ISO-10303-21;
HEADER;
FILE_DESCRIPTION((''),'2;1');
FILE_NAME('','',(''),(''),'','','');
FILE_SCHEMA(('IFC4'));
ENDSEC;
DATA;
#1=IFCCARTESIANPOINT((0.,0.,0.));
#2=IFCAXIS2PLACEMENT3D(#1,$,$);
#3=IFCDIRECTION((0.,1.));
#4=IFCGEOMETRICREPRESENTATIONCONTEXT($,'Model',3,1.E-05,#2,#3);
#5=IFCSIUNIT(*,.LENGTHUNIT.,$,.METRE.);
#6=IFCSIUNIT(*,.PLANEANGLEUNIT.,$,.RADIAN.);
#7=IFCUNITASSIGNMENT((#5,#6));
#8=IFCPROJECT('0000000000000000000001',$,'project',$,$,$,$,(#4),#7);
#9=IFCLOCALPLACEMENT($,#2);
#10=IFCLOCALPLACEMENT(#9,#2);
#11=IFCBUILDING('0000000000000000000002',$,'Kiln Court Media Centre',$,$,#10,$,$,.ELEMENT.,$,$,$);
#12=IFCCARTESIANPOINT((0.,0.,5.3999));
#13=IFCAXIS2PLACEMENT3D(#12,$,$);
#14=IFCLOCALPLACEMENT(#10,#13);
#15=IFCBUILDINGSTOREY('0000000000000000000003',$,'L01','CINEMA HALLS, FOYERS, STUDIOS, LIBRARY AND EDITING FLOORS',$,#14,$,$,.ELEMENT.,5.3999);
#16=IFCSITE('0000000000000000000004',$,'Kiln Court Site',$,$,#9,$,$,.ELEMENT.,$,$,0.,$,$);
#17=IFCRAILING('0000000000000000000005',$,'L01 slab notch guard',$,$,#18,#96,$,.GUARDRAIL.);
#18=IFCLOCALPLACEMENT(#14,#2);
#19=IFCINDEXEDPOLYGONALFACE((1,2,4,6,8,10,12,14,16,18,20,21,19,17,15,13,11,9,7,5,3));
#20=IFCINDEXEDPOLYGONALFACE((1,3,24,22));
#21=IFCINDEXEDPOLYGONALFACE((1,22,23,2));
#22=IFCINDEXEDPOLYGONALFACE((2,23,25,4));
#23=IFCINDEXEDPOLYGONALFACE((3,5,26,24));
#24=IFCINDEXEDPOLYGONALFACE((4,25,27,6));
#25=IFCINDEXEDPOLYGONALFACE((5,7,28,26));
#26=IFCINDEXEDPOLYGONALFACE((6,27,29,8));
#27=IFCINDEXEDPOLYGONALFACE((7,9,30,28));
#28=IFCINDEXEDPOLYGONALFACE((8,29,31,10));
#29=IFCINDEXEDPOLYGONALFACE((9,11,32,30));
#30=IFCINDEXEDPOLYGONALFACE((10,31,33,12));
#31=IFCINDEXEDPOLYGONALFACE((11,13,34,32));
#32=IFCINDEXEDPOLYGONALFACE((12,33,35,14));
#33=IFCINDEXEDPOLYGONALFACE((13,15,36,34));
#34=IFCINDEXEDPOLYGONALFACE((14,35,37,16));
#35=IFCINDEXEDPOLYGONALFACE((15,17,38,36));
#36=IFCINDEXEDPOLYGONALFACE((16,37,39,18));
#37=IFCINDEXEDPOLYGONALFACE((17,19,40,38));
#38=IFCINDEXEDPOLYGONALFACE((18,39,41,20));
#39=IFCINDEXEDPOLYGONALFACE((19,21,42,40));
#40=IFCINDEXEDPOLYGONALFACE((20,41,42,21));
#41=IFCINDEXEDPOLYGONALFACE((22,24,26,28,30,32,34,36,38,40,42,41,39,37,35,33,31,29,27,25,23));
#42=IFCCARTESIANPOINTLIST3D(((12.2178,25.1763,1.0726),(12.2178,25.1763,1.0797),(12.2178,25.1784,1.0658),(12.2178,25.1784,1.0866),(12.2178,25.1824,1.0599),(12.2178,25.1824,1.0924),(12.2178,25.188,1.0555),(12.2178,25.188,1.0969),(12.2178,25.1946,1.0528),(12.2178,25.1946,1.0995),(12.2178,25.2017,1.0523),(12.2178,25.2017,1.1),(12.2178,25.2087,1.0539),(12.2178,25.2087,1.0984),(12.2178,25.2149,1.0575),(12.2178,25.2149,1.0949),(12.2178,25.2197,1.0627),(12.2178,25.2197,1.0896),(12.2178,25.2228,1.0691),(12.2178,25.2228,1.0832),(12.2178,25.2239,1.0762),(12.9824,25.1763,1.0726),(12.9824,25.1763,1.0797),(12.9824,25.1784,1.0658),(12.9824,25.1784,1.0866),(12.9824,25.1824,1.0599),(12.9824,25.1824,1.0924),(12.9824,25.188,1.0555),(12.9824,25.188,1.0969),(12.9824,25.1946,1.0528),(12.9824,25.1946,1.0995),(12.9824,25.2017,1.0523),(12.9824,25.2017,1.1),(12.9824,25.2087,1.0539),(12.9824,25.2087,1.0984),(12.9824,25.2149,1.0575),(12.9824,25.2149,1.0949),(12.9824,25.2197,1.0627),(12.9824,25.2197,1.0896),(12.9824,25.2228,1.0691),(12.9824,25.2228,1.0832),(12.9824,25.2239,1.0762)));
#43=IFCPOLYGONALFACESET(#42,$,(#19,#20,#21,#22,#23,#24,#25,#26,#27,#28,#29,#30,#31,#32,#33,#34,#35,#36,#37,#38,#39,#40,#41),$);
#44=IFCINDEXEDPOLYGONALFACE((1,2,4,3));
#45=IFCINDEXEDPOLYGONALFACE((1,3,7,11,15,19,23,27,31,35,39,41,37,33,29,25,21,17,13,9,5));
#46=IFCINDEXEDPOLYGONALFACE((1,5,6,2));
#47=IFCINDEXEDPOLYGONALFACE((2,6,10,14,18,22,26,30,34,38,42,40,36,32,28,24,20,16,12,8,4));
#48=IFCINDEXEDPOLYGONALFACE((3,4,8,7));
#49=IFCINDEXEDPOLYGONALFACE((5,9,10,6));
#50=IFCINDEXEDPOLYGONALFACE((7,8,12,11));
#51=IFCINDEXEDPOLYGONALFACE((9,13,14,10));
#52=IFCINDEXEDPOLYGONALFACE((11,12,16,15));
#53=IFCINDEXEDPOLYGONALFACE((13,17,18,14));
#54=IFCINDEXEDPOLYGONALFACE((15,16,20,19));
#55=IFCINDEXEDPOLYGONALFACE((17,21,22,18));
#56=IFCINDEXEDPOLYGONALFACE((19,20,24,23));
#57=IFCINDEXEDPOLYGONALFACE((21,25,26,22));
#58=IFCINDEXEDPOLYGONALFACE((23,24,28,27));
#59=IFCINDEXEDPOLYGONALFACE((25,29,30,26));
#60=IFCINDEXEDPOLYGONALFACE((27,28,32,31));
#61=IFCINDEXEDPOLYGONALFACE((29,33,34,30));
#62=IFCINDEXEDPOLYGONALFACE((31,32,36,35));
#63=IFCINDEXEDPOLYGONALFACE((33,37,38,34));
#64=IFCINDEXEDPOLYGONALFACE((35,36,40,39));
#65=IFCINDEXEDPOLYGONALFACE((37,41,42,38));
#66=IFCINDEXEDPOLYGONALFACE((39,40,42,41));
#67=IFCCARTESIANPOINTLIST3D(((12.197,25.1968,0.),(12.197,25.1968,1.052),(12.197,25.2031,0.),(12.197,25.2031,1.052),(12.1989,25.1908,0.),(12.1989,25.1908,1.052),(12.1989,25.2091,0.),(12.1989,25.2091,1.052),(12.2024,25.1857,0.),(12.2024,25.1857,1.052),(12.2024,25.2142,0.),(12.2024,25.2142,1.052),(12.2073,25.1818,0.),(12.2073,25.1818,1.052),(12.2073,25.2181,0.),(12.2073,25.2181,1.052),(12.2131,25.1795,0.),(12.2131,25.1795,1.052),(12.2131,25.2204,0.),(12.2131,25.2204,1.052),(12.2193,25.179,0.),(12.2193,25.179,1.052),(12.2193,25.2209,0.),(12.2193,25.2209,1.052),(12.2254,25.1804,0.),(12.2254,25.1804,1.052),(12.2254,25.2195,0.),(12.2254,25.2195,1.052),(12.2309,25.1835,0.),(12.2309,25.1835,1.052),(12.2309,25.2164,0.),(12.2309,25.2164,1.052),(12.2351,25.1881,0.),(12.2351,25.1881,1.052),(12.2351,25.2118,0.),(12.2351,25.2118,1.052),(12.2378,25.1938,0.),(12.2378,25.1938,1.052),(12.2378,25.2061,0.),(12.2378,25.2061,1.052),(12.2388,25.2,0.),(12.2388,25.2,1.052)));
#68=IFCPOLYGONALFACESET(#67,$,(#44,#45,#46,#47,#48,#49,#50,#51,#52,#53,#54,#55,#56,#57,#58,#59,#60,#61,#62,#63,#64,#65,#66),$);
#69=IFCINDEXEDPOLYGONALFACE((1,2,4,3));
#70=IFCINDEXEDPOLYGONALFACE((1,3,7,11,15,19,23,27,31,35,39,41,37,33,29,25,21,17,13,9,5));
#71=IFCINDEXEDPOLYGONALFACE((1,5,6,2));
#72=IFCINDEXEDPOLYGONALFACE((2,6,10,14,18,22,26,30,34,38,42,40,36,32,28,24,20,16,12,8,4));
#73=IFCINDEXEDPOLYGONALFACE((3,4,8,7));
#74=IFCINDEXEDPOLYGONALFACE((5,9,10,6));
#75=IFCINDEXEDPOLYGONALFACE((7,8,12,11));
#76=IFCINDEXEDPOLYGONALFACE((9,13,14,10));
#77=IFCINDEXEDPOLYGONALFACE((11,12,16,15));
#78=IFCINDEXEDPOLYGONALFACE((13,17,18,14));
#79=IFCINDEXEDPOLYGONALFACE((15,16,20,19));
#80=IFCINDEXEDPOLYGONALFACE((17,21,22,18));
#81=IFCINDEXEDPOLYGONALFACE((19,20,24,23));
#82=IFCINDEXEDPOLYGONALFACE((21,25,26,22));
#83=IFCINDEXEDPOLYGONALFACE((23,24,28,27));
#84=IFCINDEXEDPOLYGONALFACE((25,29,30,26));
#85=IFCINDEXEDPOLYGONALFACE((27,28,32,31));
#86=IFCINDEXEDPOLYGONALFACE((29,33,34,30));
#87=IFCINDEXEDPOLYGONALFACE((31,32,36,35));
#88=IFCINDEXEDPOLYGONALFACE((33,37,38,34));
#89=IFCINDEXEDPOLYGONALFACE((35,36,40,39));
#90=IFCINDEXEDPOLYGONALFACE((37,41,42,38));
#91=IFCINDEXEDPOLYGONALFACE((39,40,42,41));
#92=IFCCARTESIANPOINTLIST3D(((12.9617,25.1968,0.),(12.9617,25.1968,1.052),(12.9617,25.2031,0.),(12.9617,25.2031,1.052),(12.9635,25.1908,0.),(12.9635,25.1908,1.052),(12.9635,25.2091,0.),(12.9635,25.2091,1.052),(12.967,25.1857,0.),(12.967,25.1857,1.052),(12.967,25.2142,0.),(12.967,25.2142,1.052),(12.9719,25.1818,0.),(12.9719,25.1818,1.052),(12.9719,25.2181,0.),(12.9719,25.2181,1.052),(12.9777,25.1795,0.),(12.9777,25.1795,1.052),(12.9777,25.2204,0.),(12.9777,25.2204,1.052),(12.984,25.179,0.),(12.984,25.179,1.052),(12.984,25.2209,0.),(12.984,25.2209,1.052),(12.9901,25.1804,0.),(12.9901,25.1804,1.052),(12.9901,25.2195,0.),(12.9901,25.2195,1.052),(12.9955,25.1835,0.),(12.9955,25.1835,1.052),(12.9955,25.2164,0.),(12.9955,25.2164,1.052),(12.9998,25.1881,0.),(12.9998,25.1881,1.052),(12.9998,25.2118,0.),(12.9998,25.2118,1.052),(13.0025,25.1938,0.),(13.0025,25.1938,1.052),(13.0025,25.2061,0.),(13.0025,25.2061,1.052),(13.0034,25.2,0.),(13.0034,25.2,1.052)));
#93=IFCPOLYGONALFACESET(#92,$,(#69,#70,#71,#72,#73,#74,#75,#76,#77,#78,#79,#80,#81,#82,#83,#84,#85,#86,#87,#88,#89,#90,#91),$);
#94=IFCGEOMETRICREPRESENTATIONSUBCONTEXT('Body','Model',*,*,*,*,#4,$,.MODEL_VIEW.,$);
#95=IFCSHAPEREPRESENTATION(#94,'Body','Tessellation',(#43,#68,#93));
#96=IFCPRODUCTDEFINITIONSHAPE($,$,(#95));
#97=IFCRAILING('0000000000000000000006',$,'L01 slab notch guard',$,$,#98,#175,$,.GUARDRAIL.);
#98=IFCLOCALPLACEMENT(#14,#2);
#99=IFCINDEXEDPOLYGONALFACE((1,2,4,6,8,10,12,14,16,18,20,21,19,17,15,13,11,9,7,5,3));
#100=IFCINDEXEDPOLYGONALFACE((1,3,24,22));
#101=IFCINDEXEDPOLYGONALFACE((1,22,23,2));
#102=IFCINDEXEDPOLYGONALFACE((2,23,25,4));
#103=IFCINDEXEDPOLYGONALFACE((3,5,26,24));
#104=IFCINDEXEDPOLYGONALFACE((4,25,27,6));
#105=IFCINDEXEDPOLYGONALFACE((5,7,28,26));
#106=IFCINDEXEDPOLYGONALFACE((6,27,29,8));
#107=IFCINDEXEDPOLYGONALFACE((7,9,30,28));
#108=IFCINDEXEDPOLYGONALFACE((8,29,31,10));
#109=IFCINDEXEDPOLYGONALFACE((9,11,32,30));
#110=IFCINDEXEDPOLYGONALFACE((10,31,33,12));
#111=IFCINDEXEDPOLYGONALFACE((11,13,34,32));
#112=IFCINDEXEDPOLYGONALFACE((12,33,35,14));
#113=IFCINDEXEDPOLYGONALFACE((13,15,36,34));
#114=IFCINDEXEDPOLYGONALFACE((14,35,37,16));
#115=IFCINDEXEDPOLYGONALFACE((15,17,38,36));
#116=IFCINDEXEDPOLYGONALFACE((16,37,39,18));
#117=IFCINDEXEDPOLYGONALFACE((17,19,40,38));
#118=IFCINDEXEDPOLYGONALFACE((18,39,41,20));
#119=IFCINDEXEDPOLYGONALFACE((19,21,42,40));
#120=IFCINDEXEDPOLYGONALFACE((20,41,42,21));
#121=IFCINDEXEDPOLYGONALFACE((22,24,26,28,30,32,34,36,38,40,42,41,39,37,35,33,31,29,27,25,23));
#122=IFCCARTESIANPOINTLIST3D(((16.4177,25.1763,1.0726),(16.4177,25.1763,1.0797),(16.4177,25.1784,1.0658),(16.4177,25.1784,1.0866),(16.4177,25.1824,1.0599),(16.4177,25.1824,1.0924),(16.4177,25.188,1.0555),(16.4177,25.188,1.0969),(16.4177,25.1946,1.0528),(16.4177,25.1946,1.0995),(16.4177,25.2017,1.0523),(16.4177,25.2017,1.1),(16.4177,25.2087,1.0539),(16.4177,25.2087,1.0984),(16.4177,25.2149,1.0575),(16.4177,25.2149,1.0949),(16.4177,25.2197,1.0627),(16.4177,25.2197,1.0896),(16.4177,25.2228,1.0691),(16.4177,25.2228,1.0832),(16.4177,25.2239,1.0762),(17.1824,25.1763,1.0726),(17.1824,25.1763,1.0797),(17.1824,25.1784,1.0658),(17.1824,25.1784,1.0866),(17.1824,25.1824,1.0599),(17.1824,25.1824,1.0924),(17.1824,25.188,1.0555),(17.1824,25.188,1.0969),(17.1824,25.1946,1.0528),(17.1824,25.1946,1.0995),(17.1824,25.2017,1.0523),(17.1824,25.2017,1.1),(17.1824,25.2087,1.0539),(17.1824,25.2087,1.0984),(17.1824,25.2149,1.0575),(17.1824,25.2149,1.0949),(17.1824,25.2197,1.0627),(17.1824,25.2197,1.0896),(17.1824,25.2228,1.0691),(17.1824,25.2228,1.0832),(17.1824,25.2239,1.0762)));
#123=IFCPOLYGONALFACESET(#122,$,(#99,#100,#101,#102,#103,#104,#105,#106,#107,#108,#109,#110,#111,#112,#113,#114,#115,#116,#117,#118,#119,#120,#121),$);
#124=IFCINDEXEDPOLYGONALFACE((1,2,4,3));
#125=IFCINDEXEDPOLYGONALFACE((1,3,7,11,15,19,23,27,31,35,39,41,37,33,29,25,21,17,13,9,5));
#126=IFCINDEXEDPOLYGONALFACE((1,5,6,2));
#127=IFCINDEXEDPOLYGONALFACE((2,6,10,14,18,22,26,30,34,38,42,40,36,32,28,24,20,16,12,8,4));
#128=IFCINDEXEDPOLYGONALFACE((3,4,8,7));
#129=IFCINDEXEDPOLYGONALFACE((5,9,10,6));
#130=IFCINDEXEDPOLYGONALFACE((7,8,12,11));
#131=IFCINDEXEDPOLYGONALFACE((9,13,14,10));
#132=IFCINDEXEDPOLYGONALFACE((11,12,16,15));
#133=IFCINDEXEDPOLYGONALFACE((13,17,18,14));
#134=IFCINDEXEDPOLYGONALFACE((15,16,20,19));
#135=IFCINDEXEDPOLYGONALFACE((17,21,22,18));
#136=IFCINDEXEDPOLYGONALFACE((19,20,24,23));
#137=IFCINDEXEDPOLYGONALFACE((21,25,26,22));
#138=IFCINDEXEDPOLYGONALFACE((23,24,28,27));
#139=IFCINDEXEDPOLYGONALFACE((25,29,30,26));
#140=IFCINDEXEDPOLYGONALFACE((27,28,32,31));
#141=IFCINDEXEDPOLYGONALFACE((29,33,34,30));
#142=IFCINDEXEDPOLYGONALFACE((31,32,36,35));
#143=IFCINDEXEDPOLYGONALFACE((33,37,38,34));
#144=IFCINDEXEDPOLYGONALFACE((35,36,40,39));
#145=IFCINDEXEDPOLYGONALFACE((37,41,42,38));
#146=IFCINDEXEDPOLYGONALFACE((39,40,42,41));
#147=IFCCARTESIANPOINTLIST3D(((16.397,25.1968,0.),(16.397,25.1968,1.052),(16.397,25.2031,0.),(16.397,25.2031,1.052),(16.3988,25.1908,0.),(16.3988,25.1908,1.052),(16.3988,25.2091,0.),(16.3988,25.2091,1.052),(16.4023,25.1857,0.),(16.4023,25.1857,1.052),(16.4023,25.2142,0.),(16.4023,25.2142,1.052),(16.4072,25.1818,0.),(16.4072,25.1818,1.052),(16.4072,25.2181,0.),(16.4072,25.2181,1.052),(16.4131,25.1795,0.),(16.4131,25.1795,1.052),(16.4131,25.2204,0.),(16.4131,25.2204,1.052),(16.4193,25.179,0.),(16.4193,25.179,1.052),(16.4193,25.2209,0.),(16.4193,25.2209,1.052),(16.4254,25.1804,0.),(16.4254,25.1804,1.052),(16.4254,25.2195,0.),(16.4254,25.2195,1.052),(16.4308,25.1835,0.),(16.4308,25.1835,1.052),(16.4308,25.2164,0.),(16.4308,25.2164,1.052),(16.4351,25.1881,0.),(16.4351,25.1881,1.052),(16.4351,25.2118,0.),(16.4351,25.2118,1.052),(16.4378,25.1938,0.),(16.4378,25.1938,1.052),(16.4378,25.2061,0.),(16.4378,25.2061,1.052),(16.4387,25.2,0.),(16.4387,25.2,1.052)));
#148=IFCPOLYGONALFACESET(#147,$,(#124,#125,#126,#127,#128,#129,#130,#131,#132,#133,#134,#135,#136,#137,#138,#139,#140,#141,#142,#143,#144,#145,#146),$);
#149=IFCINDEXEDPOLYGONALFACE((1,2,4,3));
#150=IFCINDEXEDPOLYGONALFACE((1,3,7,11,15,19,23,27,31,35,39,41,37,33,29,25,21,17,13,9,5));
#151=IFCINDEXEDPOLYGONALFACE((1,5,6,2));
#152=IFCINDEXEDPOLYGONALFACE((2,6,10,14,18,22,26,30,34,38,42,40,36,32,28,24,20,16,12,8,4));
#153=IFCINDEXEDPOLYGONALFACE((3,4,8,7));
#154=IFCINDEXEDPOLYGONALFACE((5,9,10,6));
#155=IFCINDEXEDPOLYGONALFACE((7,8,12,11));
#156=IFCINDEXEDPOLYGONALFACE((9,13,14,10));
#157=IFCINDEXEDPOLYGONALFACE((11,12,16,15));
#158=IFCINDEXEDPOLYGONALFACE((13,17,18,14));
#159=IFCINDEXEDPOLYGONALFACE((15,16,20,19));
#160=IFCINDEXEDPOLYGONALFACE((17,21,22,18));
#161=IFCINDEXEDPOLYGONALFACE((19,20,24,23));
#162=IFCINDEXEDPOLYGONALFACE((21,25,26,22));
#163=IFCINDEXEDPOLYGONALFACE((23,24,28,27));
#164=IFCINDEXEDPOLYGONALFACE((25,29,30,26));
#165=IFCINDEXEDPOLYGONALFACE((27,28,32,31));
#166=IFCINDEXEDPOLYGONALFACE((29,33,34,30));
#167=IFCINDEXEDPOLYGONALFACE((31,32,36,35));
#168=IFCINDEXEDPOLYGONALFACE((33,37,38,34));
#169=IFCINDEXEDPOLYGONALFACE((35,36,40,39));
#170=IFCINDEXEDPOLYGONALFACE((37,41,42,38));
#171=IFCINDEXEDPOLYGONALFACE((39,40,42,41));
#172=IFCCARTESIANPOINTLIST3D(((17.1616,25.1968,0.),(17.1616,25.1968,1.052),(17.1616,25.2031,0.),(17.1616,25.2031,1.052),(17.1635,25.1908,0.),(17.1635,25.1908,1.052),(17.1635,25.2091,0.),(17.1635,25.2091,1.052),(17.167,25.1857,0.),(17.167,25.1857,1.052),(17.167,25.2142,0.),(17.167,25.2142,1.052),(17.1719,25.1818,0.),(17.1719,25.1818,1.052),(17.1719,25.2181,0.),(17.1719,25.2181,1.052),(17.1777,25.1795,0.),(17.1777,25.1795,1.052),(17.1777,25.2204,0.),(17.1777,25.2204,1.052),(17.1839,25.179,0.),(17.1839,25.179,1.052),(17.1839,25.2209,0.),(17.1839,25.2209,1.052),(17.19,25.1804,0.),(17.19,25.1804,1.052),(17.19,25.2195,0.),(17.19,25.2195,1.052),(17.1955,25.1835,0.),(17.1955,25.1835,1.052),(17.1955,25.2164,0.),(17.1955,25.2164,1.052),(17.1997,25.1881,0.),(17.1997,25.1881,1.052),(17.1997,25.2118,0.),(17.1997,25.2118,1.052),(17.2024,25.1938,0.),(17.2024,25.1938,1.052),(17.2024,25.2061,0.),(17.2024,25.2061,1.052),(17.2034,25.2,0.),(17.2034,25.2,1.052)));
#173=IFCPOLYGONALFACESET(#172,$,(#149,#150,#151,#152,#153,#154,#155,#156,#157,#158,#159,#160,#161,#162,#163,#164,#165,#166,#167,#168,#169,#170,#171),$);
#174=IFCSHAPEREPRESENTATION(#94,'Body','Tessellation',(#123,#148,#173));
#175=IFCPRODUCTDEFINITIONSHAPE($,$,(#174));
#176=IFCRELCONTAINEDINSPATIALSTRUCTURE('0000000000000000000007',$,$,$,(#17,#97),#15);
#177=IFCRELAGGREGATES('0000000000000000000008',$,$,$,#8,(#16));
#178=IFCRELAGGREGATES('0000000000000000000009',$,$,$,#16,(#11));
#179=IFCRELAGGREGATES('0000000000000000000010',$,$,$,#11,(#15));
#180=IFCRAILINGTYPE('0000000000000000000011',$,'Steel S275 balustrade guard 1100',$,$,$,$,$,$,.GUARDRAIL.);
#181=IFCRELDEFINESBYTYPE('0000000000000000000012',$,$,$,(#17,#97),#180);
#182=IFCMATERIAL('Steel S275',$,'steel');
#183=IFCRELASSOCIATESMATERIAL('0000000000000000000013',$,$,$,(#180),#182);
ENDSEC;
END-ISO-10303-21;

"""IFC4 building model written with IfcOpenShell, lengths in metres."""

from ifc_helpers import new_model, si_unit, direction, frame, origin, origin_2d, place, context, subcontext, project, spatial, circle, extrude, material, type_object, element, save


model = new_model("IFC4")

# Units and contexts
model_context = context("Model", 3, precision=1e-05, world=origin(), true_north=direction((0.0, 1.0)))
body_context = subcontext(model_context, "Body", "Model", "MODEL_VIEW")
ifc_project = project(units=[si_unit("LENGTHUNIT", "METRE"), si_unit("PLANEANGLEUNIT", "RADIAN")], contexts=[model_context])

# Site, building, storey
site_placement = place(None, origin())
site = spatial("IfcSite", under=ifc_project, at=site_placement, Name="Kiln Court Site", CompositionType="ELEMENT", RefElevation=0.0)
building_placement = place(site_placement, origin())
building = spatial("IfcBuilding", under=site, at=building_placement, Name="Kiln Court Media Centre", CompositionType="ELEMENT")
storey_placement = place(building_placement, frame((0.0, 0.0, 5.3999)))
storey = spatial("IfcBuildingStorey", under=building, at=storey_placement, Name="L01", Description="CINEMA HALLS, FOYERS, STUDIOS, LIBRARY AND EDITING FLOORS", CompositionType="ELEMENT", Elevation=5.3999)

# Railings
ifc_material_1 = material(Name="Steel S275", Category="steel")
railing_type = type_object("IfcRailingType", Name="Steel S275 balustrade guard 1100", PredefinedType="GUARDRAIL", material=ifc_material_1)
for number, where, name in (
    (1, (12.2178, 25.2, 0.0), "L01 slab notch guard"),
    (2, (16.4177, 25.2, 0.0), "L01 slab notch guard"),
):
    element("IfcRailing", number, at=place(storey_placement, frame(where)), inside=storey, type_object=railing_type, Name=name, PredefinedType="GUARDRAIL", context=body_context, shape_type="SweptSolid", body=[
        extrude(circle(Radius=0.0239, at=origin_2d()), frame((0.0, 0.0, 1.0762), z_axis=(1.0, 0.0, 0.0), x_axis=(0.0, 1.0, 0.0)), (0.0, 0.0, 1.0), 0.7646),
        extrude(circle(Radius=0.021, at=origin_2d()), origin(), (0.0, 0.0, 1.0), 1.052),
        extrude(circle(Radius=0.021, at=origin_2d()), frame((0.7646, 0.0, 0.0)), (0.0, 0.0, 1.0), 1.052),
    ])

save(model, "model.ifc")
